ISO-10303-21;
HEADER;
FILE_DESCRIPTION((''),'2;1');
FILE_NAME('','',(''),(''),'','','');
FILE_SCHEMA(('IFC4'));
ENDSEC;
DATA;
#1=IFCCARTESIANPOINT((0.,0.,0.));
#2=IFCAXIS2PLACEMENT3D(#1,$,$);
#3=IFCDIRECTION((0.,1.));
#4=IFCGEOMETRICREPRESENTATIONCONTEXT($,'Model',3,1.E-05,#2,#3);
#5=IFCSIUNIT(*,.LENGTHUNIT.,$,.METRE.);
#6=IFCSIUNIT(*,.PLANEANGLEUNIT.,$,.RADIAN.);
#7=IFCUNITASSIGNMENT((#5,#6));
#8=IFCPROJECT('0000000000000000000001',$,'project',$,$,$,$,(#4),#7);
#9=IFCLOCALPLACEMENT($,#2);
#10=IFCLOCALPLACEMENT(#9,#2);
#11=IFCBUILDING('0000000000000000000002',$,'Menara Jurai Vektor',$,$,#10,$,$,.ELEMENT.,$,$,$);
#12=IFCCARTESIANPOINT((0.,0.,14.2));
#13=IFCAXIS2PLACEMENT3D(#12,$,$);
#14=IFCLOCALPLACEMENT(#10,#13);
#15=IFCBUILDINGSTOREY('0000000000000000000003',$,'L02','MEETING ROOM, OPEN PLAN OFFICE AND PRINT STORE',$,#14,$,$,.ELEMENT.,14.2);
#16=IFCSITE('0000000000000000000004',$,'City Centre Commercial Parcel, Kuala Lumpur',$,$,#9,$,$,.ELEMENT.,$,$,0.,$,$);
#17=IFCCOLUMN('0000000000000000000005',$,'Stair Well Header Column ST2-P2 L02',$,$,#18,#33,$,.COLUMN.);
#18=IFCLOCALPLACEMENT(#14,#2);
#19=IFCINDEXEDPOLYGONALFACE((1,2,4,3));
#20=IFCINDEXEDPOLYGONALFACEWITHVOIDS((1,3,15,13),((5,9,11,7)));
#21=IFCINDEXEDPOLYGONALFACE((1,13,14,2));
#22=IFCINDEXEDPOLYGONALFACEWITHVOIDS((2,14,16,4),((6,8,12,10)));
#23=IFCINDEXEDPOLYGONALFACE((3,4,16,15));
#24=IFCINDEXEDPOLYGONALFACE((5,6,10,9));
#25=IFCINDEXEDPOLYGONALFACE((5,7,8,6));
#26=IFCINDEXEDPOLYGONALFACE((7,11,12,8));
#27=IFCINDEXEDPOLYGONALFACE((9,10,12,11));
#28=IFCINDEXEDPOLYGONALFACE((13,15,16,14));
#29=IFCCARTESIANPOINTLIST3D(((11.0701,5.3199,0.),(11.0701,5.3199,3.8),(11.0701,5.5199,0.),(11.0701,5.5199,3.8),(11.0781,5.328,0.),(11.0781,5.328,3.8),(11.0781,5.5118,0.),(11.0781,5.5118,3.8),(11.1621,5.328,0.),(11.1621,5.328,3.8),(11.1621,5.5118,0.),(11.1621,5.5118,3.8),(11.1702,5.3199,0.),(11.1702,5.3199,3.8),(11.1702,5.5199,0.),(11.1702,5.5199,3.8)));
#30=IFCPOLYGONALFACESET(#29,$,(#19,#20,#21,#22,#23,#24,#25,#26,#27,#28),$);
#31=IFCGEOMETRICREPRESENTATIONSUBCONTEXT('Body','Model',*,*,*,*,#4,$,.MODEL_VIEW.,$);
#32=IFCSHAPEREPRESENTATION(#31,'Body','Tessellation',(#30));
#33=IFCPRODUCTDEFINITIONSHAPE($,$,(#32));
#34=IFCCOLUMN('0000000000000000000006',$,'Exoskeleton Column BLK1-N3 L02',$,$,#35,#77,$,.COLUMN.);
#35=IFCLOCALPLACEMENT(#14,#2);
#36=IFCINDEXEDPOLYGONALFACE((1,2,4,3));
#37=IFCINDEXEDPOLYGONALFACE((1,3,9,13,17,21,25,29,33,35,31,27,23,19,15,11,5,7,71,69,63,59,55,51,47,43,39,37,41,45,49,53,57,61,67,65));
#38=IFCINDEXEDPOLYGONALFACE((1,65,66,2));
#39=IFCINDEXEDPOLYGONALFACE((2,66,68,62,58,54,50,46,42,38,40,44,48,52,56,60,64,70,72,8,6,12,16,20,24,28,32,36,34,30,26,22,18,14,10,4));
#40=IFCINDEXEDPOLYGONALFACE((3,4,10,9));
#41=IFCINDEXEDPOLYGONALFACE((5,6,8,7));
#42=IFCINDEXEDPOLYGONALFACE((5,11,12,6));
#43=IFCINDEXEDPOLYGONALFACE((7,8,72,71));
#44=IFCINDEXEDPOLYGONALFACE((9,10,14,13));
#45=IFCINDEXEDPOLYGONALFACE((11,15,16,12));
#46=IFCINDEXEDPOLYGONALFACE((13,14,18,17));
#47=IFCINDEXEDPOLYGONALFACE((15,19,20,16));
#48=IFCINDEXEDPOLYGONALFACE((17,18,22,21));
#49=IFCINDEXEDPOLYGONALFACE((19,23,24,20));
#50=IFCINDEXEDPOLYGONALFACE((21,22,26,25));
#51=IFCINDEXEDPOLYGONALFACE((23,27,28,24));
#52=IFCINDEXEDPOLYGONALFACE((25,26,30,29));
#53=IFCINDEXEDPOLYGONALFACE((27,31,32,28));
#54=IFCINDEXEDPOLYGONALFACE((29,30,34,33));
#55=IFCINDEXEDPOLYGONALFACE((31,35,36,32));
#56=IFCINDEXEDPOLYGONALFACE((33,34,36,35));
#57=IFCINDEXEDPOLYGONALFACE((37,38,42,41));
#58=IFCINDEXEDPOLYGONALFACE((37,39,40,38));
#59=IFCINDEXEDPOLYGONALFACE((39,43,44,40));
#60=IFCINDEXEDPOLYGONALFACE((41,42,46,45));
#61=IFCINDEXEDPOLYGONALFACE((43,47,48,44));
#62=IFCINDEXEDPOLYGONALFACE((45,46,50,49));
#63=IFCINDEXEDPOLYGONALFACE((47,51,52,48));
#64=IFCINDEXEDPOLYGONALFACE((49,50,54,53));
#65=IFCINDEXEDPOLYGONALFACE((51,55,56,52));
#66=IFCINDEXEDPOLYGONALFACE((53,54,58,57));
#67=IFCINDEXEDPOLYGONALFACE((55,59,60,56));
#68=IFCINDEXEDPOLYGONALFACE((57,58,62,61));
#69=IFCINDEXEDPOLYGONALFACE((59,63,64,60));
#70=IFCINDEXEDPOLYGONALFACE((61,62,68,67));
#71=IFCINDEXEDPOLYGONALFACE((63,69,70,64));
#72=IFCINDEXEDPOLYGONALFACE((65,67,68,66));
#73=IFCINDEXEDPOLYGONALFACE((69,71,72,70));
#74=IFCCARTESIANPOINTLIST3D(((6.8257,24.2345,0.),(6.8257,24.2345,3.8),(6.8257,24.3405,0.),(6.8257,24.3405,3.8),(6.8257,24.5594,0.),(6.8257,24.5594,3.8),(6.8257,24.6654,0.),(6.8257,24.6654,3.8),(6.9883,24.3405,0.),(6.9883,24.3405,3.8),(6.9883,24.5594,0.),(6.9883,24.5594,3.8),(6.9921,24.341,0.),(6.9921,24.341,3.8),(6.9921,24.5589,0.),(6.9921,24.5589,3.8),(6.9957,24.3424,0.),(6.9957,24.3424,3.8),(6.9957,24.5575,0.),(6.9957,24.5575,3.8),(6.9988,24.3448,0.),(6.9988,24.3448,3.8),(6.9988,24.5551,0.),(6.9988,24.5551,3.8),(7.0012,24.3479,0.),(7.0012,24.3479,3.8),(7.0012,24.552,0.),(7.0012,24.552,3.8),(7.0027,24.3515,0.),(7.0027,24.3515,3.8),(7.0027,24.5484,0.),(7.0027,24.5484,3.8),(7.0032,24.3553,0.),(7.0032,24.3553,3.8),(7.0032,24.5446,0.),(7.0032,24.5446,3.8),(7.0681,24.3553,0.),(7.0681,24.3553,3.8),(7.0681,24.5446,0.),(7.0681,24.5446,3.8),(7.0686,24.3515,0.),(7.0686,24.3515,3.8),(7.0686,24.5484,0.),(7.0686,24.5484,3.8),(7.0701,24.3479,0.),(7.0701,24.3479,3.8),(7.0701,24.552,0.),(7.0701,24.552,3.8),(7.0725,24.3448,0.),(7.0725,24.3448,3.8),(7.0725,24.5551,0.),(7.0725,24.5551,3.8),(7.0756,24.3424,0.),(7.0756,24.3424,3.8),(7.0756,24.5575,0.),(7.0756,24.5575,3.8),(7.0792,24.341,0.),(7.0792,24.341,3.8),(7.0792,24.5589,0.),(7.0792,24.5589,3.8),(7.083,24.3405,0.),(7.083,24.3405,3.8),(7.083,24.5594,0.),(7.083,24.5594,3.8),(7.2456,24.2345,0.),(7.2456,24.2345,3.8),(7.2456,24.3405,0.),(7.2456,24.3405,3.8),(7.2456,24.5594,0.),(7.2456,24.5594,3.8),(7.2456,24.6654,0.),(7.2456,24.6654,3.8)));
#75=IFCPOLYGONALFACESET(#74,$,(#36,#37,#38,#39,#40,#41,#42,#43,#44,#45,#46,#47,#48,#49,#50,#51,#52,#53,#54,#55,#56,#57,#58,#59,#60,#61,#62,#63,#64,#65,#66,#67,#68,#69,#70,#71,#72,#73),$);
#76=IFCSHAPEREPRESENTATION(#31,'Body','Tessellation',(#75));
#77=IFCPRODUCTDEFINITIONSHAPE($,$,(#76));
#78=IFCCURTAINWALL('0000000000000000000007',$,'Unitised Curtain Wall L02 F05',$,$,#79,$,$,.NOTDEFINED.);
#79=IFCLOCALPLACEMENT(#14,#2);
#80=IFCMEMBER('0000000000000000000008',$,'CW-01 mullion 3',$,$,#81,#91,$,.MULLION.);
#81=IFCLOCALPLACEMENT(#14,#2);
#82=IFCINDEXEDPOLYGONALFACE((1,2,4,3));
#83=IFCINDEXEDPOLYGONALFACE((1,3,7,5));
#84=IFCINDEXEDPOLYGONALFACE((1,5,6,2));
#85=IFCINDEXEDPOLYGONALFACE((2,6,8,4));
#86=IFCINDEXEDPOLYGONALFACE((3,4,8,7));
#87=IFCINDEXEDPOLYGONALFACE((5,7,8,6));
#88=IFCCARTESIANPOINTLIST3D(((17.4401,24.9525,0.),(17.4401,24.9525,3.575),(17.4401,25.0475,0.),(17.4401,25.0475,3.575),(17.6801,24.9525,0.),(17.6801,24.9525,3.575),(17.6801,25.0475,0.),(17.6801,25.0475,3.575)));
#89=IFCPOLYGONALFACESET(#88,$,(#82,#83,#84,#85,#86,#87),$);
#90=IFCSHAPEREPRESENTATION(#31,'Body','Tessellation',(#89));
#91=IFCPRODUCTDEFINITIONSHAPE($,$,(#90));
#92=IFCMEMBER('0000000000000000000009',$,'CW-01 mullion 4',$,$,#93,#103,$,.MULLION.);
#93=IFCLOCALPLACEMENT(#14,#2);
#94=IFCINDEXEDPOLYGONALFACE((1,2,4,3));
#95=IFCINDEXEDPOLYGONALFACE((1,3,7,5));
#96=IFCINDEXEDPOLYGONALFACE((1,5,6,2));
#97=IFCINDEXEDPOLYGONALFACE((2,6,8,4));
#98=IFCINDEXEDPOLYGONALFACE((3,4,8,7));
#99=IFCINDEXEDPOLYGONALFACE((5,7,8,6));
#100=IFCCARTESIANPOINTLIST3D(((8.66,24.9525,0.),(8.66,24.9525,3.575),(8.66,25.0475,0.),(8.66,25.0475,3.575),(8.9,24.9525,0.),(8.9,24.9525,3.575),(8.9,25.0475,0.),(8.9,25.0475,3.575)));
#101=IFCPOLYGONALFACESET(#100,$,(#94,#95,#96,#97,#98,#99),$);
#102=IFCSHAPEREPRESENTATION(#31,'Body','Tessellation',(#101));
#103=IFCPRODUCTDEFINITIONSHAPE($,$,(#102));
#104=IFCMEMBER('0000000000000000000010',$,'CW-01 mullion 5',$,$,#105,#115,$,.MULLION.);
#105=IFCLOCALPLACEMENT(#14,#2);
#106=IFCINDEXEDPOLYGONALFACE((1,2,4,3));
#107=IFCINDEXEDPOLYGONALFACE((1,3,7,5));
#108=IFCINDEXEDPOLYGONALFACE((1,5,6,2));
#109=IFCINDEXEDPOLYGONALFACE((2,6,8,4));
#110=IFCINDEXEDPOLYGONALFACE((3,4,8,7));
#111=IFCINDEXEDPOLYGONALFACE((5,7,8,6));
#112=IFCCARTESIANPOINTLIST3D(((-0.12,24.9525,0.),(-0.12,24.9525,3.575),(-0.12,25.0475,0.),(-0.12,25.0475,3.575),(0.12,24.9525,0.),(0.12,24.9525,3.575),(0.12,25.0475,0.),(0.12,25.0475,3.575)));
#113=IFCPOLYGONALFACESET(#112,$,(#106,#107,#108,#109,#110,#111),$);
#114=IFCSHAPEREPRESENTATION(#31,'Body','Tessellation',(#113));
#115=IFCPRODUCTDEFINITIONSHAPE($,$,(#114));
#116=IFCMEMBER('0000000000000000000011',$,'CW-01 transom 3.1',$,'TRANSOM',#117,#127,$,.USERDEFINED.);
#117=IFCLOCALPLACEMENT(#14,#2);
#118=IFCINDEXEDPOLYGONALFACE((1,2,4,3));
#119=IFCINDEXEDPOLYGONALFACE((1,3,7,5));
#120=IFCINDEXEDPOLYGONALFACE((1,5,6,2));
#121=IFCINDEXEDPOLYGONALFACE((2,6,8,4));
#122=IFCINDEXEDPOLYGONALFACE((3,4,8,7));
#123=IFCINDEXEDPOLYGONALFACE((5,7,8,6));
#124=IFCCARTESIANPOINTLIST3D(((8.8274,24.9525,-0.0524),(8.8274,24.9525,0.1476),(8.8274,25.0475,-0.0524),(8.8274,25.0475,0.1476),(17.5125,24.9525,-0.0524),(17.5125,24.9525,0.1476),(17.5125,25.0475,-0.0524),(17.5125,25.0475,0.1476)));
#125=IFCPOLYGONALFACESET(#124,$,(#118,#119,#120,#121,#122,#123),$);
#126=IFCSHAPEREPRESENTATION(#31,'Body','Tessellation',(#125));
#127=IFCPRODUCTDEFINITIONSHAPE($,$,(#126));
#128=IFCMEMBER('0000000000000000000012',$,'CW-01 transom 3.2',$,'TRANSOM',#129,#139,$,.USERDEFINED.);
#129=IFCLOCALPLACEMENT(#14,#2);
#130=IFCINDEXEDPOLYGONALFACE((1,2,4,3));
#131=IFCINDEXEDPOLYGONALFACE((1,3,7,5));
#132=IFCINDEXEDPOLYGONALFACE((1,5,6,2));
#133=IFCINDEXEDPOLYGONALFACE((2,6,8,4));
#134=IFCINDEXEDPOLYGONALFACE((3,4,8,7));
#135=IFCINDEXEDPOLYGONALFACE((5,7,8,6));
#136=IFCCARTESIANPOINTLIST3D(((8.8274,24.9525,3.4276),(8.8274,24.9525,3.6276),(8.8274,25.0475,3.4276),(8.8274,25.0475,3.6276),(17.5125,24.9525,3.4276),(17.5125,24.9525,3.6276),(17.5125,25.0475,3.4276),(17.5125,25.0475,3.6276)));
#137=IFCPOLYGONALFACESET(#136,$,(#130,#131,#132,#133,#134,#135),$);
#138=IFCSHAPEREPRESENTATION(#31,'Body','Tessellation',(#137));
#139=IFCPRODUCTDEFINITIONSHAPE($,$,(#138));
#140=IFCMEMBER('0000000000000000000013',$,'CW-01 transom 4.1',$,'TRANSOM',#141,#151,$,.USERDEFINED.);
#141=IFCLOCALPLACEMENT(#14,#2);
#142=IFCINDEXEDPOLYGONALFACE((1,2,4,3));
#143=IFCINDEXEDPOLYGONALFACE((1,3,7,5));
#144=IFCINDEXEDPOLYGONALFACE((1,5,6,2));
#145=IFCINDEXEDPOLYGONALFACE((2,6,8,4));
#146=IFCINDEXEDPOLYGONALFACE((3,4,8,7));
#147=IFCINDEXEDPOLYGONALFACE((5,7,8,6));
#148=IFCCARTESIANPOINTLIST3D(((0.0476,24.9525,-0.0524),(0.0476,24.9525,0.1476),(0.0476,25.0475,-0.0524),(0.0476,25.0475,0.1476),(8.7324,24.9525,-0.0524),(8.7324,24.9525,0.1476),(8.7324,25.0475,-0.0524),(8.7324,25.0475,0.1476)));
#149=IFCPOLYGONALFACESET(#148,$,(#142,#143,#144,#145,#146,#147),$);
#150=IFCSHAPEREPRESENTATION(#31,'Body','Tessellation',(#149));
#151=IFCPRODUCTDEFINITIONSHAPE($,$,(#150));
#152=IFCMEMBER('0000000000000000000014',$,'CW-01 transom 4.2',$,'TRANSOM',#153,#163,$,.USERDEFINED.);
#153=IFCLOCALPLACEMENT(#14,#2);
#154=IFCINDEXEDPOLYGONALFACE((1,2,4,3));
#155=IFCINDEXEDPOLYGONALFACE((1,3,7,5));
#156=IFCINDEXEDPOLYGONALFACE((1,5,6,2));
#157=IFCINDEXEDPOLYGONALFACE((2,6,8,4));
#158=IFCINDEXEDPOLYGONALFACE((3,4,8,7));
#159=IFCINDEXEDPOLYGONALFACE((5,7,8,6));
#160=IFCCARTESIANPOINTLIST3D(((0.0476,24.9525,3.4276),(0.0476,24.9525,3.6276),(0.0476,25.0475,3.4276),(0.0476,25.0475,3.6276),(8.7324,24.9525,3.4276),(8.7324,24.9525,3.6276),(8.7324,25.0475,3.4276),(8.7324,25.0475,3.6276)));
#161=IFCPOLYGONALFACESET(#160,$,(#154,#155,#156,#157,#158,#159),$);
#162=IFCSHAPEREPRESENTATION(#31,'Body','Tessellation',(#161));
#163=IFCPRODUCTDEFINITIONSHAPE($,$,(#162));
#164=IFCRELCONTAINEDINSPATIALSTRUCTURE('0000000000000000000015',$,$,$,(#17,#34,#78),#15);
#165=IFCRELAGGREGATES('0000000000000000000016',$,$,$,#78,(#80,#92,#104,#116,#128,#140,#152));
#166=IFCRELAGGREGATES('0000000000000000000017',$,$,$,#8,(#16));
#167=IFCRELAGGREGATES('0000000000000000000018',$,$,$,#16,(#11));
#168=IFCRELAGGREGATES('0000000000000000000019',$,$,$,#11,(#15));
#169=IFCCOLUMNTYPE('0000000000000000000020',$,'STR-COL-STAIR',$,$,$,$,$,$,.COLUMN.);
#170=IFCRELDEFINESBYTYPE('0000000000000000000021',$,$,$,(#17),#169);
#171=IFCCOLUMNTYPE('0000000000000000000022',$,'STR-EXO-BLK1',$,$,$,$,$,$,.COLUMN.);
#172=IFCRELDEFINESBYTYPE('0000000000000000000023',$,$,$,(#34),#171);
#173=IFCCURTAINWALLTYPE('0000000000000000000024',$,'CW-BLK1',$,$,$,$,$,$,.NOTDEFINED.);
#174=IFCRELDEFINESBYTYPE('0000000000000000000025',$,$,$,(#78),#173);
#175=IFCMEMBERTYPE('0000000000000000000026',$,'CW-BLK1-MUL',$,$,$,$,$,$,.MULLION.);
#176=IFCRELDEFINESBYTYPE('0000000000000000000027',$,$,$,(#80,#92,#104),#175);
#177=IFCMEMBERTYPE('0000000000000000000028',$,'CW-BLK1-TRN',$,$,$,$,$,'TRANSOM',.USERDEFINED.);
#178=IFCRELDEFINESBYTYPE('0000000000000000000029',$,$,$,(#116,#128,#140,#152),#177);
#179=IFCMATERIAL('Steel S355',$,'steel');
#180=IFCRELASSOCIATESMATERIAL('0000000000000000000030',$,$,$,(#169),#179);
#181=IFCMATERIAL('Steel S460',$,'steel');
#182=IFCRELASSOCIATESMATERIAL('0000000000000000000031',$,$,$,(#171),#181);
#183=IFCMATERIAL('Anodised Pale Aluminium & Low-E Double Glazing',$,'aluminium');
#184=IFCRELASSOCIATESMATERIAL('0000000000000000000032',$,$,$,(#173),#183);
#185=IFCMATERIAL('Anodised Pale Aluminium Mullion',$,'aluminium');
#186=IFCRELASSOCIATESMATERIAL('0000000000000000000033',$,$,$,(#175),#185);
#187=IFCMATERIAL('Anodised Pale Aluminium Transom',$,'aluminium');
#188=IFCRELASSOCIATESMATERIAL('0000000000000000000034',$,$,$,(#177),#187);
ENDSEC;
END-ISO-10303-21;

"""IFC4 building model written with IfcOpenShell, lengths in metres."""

from ifc_helpers import new_model, si_unit, direction, frame, origin, origin_2d, place, context, subcontext, project, spatial, rectangle, hollow_rectangle, i_section, extrude, material, material_profile, profile_set, type_object, element, aggregate, save


model = new_model("IFC4")

# Units and contexts
model_context = context("Model", 3, precision=1e-05, world=origin(), true_north=direction((0.0, 1.0)))
body_context = subcontext(model_context, "Body", "Model", "MODEL_VIEW")
ifc_project = project(units=[si_unit("LENGTHUNIT", "METRE"), si_unit("PLANEANGLEUNIT", "RADIAN")], contexts=[model_context])

# Site, building, storey
site_placement = place(None, origin())
site = spatial("IfcSite", under=ifc_project, at=site_placement, Name="City Centre Commercial Parcel, Kuala Lumpur", CompositionType="ELEMENT", RefElevation=0.0)
building_placement = place(site_placement, origin())
building = spatial("IfcBuilding", under=site, at=building_placement, Name="Menara Jurai Vektor", CompositionType="ELEMENT")
storey_placement = place(building_placement, frame((0.0, 0.0, 14.2)))
storey = spatial("IfcBuildingStorey", under=building, at=storey_placement, Name="L02", Description="MEETING ROOM, OPEN PLAN OFFICE AND PRINT STORE", CompositionType="ELEMENT", Elevation=14.2)

# Columns
ifc_material_1 = material(Name="Steel S355", Category="steel")
ifc_material_profile_1 = material_profile(ifc_material_1, hollow_rectangle(XDim=0.1001, YDim=0.2, WallThickness=0.0081, at=origin_2d()), Name="RHS 200x100x8")
ifc_profile_set_1 = profile_set([ifc_material_profile_1], Name="Steel S355")
column_type_1 = type_object("IfcColumnType", Name="STR-COL-STAIR", PredefinedType="COLUMN", material=ifc_profile_set_1)
column_1_placement = place(storey_placement, frame((11.1201, 5.4199, 0.0), z_axis=(0.0, 0.0, 1.0), x_axis=(1.0, 0.0, 0.0)))
element("IfcColumn", 1, at=column_1_placement, inside=storey, type_object=column_type_1, Name="Stair Well Header Column ST2-P2 L02", PredefinedType="COLUMN", context=body_context, shape_type="SweptSolid", body=[
    extrude(hollow_rectangle(XDim=0.1001, YDim=0.2, WallThickness=0.0081, at=origin_2d()), origin(), (0.0, 0.0, 1.0), 3.8),
])
ifc_material_2 = material(Name="Steel S460", Category="steel")
ifc_material_profile_2 = material_profile(ifc_material_2, i_section(OverallWidth=0.4199, OverallDepth=0.4309, WebThickness=0.0649, FlangeThickness=0.106, FilletRadius=0.0149, at=origin_2d()), Name="HD 400x900")
ifc_profile_set_2 = profile_set([ifc_material_profile_2], Name="Steel S460")
column_type_2 = type_object("IfcColumnType", Name="STR-EXO-BLK1", PredefinedType="COLUMN", material=ifc_profile_set_2)
column_2_placement = place(storey_placement, frame((7.0356, 24.45, 0.0), z_axis=(0.0, 0.0, 1.0), x_axis=(1.0, 0.0, 0.0)))
element("IfcColumn", 2, at=column_2_placement, inside=storey, type_object=column_type_2, Name="Exoskeleton Column BLK1-N3 L02", PredefinedType="COLUMN", context=body_context, shape_type="SweptSolid", body=[
    extrude(i_section(OverallWidth=0.4199, OverallDepth=0.4309, WebThickness=0.0649, FlangeThickness=0.106, FilletRadius=0.0149, at=origin_2d()), origin(), (0.0, 0.0, 1.0), 3.8),
])

# Curtain wall, members
ifc_material_3 = material(Name="Anodised Pale Aluminium & Low-E Double Glazing", Category="aluminium")
curtain_wall_type = type_object("IfcCurtainWallType", Name="CW-BLK1", PredefinedType="NOTDEFINED", material=ifc_material_3)
curtain_wall_placement = place(storey_placement, origin())
curtain_wall = element("IfcCurtainWall", 3, at=curtain_wall_placement, inside=storey, type_object=curtain_wall_type, Name="Unitised Curtain Wall L02 F05", PredefinedType="NOTDEFINED")
ifc_material_4 = material(Name="Anodised Pale Aluminium Mullion", Category="aluminium")
ifc_material_profile_3 = material_profile(ifc_material_4, rectangle(XDim=0.095, YDim=0.24, at=origin_2d()), Name="ALU MUL 95x240")
ifc_profile_set_3 = profile_set([ifc_material_profile_3], Name="Anodised Pale Aluminium Mullion")
member_type_1 = type_object("IfcMemberType", Name="CW-BLK1-MUL", PredefinedType="MULLION", material=ifc_profile_set_3)
member_1_placement = place(storey_placement, frame((17.5601, 25.0, 0.0), z_axis=(0.0, 0.0, 1.0), x_axis=(0.0, -1.0, 0.0)))
member_1 = element("IfcMember", 4, at=member_1_placement, type_object=member_type_1, Name="CW-01 mullion 3", PredefinedType="MULLION", context=body_context, shape_type="SweptSolid", body=[
    extrude(rectangle(XDim=0.095, YDim=0.24, at=origin_2d()), origin(), (0.0, 0.0, 1.0), 3.575),
])
member_2_placement = place(storey_placement, frame((8.78, 25.0, 0.0), z_axis=(0.0, 0.0, 1.0), x_axis=(0.0, -1.0, 0.0)))
member_2 = element("IfcMember", 5, at=member_2_placement, type_object=member_type_1, Name="CW-01 mullion 4", PredefinedType="MULLION", context=body_context, shape_type="SweptSolid", body=[
    extrude(rectangle(XDim=0.095, YDim=0.24, at=origin_2d()), origin(), (0.0, 0.0, 1.0), 3.575),
])
member_3_placement = place(storey_placement, frame((0.0, 25.0, 0.0), z_axis=(0.0, 0.0, 1.0), x_axis=(0.0, -1.0, 0.0)))
member_3 = element("IfcMember", 6, at=member_3_placement, type_object=member_type_1, Name="CW-01 mullion 5", PredefinedType="MULLION", context=body_context, shape_type="SweptSolid", body=[
    extrude(rectangle(XDim=0.095, YDim=0.24, at=origin_2d()), origin(), (0.0, 0.0, 1.0), 3.575),
])
ifc_material_5 = material(Name="Anodised Pale Aluminium Transom", Category="aluminium")
ifc_material_profile_4 = material_profile(ifc_material_5, rectangle(XDim=0.095, YDim=0.2, at=origin_2d()), Name="ALU TRN 95x200")
ifc_profile_set_4 = profile_set([ifc_material_profile_4], Name="Anodised Pale Aluminium Transom")
member_type_2 = type_object("IfcMemberType", Name="CW-BLK1-TRN", ElementType="TRANSOM", PredefinedType="USERDEFINED", material=ifc_profile_set_4)
member_4_placement = place(storey_placement, frame((17.5125, 25.0, 0.0476), z_axis=(-1.0, 0.0, 0.0), x_axis=(0.0, -1.0, 0.0)))
member_4 = element("IfcMember", 7, at=member_4_placement, type_object=member_type_2, Name="CW-01 transom 3.1", ObjectType="TRANSOM", PredefinedType="USERDEFINED", context=body_context, shape_type="SweptSolid", body=[
    extrude(rectangle(XDim=0.095, YDim=0.2, at=origin_2d()), origin(), (0.0, 0.0, 1.0), 8.6851),
])
member_5_placement = place(storey_placement, frame((17.5125, 25.0, 3.5276), z_axis=(-1.0, 0.0, 0.0), x_axis=(0.0, -1.0, 0.0)))
member_5 = element("IfcMember", 8, at=member_5_placement, type_object=member_type_2, Name="CW-01 transom 3.2", ObjectType="TRANSOM", PredefinedType="USERDEFINED", context=body_context, shape_type="SweptSolid", body=[
    extrude(rectangle(XDim=0.095, YDim=0.2, at=origin_2d()), origin(), (0.0, 0.0, 1.0), 8.6851),
])
member_6_placement = place(storey_placement, frame((8.7324, 25.0, 0.0476), z_axis=(-1.0, 0.0, 0.0), x_axis=(0.0, -1.0, 0.0)))
member_6 = element("IfcMember", 9, at=member_6_placement, type_object=member_type_2, Name="CW-01 transom 4.1", ObjectType="TRANSOM", PredefinedType="USERDEFINED", context=body_context, shape_type="SweptSolid", body=[
    extrude(rectangle(XDim=0.095, YDim=0.2, at=origin_2d()), origin(), (0.0, 0.0, 1.0), 8.6848),
])
member_7_placement = place(storey_placement, frame((8.7324, 25.0, 3.5276), z_axis=(-1.0, 0.0, 0.0), x_axis=(0.0, -1.0, 0.0)))
member_7 = element("IfcMember", 10, at=member_7_placement, type_object=member_type_2, Name="CW-01 transom 4.2", ObjectType="TRANSOM", PredefinedType="USERDEFINED", context=body_context, shape_type="SweptSolid", body=[
    extrude(rectangle(XDim=0.095, YDim=0.2, at=origin_2d()), origin(), (0.0, 0.0, 1.0), 8.6848),
])

aggregate(curtain_wall, [member_1, member_2, member_3, member_4, member_5, member_6, member_7])

save(model, "model.ifc")
